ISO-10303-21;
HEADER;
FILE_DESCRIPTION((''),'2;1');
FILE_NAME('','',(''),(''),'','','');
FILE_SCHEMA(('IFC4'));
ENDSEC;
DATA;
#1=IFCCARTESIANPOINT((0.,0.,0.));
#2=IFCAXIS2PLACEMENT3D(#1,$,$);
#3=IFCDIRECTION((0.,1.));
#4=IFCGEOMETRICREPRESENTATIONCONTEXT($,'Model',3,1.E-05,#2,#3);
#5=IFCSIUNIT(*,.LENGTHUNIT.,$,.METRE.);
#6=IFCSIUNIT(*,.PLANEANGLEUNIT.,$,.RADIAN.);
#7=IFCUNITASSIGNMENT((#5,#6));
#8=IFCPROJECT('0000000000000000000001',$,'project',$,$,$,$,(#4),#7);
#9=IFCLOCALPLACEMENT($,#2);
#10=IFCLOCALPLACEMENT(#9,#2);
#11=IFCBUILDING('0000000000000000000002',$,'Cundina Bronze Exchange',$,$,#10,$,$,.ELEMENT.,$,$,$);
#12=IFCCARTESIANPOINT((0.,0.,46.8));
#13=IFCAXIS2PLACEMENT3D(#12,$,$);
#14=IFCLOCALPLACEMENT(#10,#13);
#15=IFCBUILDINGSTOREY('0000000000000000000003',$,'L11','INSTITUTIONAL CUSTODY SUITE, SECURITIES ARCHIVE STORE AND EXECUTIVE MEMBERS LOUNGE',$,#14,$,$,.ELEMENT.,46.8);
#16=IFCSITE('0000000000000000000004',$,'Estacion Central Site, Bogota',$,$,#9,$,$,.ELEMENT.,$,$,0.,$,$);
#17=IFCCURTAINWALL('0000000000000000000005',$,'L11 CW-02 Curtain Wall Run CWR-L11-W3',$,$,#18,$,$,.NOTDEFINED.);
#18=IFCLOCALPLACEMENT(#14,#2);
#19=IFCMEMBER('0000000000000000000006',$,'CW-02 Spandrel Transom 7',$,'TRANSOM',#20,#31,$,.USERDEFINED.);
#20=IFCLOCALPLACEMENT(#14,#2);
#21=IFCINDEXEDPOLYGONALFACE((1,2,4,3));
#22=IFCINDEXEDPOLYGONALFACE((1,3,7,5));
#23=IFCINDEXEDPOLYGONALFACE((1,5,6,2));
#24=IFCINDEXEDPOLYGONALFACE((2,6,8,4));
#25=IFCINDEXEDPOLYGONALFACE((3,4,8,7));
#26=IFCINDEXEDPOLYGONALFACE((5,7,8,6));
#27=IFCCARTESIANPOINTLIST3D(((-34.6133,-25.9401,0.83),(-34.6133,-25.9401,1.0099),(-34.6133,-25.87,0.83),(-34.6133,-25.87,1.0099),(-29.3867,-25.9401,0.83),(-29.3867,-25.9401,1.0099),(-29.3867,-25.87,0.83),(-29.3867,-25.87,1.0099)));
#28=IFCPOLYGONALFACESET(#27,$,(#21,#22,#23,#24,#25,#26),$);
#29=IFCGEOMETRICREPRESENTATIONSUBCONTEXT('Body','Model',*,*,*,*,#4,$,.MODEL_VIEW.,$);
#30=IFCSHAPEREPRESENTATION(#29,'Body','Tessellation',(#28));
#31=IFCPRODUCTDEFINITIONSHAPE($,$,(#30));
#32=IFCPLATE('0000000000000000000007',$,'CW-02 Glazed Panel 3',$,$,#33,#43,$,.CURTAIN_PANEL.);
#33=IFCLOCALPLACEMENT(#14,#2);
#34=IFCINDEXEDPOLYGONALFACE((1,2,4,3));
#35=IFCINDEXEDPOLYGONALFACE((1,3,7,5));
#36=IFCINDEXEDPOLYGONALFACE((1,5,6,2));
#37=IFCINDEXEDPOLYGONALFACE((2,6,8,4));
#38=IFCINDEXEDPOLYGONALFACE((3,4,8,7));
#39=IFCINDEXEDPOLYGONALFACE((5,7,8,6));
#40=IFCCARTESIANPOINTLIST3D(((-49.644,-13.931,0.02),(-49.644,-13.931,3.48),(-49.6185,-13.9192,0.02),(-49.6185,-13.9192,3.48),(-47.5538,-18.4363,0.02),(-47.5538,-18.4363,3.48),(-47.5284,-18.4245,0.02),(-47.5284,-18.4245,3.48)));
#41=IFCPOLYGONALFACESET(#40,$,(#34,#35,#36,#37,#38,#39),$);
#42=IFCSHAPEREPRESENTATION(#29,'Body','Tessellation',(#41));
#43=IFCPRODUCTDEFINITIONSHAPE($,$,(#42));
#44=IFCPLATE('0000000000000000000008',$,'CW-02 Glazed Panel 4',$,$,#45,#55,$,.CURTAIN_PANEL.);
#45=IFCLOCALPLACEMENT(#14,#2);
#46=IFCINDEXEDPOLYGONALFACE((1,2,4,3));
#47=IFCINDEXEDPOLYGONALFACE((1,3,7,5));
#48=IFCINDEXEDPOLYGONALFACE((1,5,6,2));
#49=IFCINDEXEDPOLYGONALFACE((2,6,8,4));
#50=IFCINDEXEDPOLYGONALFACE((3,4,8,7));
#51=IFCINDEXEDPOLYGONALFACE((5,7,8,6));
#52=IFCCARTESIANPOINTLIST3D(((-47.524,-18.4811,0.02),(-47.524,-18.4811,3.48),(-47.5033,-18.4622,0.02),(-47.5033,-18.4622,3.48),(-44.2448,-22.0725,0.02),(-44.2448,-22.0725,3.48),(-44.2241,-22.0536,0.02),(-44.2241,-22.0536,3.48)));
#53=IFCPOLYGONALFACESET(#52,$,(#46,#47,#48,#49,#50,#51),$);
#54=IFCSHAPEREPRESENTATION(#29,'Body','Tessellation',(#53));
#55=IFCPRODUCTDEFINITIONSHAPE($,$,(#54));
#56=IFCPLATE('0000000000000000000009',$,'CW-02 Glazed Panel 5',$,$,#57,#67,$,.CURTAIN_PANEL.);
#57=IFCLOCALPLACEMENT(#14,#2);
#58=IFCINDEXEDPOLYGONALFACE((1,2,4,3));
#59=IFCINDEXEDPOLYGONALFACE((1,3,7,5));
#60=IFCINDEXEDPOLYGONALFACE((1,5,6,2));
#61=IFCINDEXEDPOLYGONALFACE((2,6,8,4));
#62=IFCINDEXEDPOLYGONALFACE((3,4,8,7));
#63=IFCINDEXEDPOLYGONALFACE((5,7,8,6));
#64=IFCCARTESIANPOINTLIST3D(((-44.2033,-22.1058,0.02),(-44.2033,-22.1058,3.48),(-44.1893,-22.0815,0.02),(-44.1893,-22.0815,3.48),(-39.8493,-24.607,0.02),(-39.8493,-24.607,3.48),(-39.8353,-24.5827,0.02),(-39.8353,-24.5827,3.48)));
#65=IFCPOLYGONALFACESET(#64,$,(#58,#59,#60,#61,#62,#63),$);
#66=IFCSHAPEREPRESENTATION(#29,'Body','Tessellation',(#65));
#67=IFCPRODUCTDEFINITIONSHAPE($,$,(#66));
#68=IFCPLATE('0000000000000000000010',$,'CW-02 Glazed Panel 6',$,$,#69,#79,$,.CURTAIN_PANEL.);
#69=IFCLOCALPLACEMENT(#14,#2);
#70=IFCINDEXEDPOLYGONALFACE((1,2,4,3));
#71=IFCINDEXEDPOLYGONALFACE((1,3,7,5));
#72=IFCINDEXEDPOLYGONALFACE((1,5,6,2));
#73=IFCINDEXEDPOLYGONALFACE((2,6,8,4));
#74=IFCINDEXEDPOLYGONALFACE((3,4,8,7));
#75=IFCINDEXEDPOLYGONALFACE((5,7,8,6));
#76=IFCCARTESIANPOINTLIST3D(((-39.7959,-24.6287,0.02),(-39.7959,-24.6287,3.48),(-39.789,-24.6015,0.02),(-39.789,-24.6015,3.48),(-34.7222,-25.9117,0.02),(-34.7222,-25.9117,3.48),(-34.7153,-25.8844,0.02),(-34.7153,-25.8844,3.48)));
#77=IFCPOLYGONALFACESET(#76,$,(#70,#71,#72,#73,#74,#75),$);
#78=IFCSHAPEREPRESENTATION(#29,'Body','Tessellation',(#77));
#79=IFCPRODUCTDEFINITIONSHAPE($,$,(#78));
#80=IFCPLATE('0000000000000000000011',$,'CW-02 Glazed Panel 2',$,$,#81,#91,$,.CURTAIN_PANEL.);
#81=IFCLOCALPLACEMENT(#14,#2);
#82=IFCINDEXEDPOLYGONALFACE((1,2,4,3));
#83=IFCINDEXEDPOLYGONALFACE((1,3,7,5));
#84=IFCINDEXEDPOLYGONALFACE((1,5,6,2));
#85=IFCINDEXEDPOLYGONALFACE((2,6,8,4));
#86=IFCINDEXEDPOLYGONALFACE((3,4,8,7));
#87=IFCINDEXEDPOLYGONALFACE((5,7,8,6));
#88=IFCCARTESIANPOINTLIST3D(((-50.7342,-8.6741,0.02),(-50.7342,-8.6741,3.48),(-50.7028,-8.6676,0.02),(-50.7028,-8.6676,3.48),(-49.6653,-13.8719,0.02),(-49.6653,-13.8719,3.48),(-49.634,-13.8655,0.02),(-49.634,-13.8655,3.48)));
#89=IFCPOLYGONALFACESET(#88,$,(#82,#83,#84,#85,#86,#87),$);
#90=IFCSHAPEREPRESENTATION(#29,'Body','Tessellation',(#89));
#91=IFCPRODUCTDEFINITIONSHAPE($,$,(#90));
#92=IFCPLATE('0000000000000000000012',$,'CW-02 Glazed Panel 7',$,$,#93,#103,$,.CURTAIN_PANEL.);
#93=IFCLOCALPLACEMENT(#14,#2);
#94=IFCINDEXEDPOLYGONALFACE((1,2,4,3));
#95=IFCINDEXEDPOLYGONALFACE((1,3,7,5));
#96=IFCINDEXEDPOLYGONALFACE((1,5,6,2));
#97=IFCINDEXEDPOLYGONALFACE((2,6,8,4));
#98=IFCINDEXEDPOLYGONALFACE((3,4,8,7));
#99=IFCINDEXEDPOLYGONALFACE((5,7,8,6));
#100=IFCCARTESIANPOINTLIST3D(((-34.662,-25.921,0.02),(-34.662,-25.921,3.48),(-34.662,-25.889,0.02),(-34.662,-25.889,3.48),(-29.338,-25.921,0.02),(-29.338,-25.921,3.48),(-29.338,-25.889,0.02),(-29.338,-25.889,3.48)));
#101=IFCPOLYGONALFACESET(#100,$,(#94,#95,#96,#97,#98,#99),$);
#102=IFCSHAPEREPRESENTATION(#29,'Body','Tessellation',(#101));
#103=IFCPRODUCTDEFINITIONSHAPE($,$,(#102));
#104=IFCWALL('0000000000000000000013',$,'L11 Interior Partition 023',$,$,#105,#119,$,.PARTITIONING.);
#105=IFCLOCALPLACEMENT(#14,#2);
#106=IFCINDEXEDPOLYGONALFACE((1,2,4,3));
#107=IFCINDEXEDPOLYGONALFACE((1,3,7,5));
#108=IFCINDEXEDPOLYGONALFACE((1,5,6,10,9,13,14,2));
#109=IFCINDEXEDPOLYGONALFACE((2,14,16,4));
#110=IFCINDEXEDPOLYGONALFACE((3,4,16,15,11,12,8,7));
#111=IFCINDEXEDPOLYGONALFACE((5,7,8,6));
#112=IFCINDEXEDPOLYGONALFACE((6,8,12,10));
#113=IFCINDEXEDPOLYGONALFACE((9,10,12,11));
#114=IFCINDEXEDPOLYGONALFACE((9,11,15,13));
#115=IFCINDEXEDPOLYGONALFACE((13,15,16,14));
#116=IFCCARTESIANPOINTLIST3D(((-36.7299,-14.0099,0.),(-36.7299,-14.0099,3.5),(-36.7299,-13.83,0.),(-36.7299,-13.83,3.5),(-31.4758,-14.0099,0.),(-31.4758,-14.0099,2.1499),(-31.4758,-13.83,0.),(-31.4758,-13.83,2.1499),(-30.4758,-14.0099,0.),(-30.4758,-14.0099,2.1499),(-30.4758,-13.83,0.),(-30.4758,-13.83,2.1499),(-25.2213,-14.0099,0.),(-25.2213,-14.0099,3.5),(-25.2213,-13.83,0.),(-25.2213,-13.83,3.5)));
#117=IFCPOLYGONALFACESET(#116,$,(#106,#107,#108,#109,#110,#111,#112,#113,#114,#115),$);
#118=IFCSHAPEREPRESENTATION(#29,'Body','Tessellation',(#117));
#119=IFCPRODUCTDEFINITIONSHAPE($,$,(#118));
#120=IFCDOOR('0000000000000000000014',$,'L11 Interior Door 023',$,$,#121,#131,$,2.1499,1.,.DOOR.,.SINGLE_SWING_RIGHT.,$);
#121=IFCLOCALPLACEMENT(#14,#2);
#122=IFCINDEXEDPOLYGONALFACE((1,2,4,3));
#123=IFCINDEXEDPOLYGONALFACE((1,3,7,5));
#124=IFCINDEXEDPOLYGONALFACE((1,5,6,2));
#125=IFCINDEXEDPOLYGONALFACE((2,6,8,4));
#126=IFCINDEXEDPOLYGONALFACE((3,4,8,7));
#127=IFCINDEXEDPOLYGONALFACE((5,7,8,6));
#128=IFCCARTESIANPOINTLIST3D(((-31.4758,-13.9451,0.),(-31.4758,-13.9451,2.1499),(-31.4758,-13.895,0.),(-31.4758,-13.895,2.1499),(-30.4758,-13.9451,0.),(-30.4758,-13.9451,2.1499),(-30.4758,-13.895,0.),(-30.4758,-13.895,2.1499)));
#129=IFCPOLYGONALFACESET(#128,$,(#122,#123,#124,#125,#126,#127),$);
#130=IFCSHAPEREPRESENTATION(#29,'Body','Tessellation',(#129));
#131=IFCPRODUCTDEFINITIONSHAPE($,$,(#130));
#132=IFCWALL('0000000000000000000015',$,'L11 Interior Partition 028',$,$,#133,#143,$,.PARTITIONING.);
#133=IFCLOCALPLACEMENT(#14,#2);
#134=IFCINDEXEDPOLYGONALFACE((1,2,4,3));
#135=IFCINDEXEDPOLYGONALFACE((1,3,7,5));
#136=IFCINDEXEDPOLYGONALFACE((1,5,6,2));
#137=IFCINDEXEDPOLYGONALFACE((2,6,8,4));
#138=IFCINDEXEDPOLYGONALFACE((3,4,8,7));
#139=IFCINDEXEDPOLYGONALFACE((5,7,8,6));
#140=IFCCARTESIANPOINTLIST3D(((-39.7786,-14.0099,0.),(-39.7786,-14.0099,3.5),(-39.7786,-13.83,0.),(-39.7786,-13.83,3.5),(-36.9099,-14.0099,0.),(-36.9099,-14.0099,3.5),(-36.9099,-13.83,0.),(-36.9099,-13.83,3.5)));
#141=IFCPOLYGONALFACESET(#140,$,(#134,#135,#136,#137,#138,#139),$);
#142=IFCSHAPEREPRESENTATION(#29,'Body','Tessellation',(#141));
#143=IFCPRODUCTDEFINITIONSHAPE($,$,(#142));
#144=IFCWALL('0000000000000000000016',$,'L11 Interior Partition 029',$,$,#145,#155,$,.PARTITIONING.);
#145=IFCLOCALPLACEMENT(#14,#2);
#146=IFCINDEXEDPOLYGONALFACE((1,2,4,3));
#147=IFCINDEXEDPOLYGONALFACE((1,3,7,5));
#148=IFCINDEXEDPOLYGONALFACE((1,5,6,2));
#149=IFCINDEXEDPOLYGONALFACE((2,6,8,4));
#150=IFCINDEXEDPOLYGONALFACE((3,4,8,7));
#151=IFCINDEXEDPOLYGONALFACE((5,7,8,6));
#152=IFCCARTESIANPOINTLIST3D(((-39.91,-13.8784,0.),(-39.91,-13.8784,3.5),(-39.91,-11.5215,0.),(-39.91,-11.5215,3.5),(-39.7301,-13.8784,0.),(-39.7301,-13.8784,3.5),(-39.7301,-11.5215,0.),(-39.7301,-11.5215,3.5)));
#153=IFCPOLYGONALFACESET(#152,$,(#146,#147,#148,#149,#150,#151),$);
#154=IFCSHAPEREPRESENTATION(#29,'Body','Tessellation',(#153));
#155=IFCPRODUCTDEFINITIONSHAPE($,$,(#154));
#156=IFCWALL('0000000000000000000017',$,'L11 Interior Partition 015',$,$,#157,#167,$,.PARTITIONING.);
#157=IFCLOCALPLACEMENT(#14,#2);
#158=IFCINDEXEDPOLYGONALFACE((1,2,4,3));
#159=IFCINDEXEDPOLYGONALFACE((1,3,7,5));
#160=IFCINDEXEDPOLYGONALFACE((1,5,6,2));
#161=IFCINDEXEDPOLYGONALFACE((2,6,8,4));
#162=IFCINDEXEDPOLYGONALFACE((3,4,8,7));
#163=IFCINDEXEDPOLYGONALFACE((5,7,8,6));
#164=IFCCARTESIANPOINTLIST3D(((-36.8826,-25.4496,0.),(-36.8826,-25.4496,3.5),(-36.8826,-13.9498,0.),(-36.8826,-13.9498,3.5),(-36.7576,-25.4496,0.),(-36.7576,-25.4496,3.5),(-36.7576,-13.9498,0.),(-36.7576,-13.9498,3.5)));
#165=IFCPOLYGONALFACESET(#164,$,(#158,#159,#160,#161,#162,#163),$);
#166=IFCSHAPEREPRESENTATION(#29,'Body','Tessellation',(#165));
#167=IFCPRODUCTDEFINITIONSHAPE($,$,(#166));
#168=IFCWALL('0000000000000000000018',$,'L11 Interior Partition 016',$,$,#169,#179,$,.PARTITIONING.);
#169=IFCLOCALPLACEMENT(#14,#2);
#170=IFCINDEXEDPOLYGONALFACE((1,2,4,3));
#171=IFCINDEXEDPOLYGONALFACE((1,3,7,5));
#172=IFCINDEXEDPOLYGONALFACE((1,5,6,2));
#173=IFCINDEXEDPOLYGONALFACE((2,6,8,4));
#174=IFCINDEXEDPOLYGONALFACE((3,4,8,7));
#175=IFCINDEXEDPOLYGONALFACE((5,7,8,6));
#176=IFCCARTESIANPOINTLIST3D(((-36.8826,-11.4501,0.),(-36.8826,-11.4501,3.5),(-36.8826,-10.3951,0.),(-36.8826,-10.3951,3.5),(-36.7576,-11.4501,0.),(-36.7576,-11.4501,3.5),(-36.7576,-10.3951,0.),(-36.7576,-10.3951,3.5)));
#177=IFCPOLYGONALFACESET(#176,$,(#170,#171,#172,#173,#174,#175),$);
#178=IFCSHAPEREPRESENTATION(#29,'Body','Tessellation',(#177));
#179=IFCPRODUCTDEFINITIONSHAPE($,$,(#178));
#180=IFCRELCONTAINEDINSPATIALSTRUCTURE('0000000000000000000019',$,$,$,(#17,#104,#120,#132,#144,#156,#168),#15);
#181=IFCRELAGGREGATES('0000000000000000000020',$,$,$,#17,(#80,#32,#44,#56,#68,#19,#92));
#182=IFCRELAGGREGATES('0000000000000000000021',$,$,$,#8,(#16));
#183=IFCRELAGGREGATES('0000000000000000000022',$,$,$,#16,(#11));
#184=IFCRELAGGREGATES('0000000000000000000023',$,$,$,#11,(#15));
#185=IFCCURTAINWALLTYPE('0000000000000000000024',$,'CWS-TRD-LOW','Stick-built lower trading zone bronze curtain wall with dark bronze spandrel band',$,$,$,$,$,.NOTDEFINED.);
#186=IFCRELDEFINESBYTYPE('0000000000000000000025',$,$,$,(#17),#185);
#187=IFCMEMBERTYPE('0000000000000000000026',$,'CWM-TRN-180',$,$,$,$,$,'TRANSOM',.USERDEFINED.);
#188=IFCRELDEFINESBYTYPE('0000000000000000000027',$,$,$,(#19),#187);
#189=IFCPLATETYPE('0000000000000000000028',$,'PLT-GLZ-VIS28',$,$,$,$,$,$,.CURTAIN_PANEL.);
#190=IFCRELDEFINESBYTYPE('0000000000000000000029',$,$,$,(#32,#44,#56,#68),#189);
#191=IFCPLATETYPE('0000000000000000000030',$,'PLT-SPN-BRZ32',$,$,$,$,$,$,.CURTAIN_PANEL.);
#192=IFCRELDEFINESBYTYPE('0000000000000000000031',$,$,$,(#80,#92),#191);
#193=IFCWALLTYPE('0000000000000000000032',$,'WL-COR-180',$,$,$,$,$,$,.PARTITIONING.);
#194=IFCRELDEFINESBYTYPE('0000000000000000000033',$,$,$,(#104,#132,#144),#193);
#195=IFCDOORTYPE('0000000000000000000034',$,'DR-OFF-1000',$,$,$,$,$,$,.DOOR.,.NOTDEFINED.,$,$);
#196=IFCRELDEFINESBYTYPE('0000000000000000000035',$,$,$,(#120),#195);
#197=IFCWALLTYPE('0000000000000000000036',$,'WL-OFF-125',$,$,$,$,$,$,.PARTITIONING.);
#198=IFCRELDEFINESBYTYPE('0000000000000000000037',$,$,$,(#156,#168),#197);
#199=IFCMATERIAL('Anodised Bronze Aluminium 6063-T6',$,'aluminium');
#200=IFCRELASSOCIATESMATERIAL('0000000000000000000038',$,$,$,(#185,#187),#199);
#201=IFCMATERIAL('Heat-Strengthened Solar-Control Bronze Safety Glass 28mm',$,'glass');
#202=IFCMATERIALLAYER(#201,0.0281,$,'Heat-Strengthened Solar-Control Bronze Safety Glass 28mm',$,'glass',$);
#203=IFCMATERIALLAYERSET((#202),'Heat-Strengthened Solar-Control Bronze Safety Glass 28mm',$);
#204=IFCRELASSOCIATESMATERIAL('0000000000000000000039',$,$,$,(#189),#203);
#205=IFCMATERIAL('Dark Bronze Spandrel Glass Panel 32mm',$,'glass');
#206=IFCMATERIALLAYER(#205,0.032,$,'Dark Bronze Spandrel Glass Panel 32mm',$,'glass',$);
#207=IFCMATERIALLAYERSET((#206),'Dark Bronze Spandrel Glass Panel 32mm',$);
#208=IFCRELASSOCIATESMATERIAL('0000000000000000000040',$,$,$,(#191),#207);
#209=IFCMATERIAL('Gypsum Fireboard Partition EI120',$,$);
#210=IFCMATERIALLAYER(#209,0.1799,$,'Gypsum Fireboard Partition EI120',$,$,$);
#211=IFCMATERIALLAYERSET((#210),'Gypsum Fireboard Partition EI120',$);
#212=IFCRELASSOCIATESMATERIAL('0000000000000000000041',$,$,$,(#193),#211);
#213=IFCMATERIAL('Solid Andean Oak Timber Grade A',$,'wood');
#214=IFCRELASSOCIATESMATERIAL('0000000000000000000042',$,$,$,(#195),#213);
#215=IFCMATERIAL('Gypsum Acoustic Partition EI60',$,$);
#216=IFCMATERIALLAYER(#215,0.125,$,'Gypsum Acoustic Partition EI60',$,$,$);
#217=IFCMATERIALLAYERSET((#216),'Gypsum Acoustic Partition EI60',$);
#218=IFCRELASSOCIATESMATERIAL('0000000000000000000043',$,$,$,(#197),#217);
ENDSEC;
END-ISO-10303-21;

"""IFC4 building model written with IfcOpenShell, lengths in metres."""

from ifc_helpers import new_model, si_unit, direction, frame, frame_2d, origin, origin_2d, place, context, subcontext, project, spatial, rectangle, extrude, material, layer, layer_set, material_profile, profile_set, type_object, element, fill, aggregate, save


model = new_model("IFC4")

# Units and contexts
model_context = context("Model", 3, precision=1e-05, world=origin(), true_north=direction((0.0, 1.0)))
body_context = subcontext(model_context, "Body", "Model", "MODEL_VIEW")
ifc_project = project(units=[si_unit("LENGTHUNIT", "METRE"), si_unit("PLANEANGLEUNIT", "RADIAN")], contexts=[model_context])

# Site, building, storey
site_placement = place(None, origin())
site = spatial("IfcSite", under=ifc_project, at=site_placement, Name="Estacion Central Site, Bogota", CompositionType="ELEMENT", RefElevation=0.0)
building_placement = place(site_placement, origin())
building = spatial("IfcBuilding", under=site, at=building_placement, Name="Cundina Bronze Exchange", CompositionType="ELEMENT")
storey_placement = place(building_placement, frame((0.0, 0.0, 46.8)))
storey = spatial("IfcBuildingStorey", under=building, at=storey_placement, Name="L11", Description="INSTITUTIONAL CUSTODY SUITE, SECURITIES ARCHIVE STORE AND EXECUTIVE MEMBERS LOUNGE", CompositionType="ELEMENT", Elevation=46.8)

# Curtain wall, member, plates
ifc_material_1 = material(Name="Anodised Bronze Aluminium 6063-T6", Category="aluminium")
curtain_wall_type = type_object("IfcCurtainWallType", Name="CWS-TRD-LOW", Description="Stick-built lower trading zone bronze curtain wall with dark bronze spandrel band", PredefinedType="NOTDEFINED", material=ifc_material_1)
curtain_wall_placement = place(storey_placement, origin())
curtain_wall = element("IfcCurtainWall", 1, at=curtain_wall_placement, inside=storey, type_object=curtain_wall_type, Name="L11 CW-02 Curtain Wall Run CWR-L11-W3", PredefinedType="NOTDEFINED")
ifc_material_profile_1 = material_profile(ifc_material_1, rectangle(XDim=0.0701, YDim=0.1799, at=origin_2d()), Name="AL70X180", Category="aluminium")
ifc_profile_set_1 = profile_set([ifc_material_profile_1], Name="Anodised Bronze Aluminium 6063-T6")
member_type_1 = type_object("IfcMemberType", Name="CWM-TRN-180", ElementType="TRANSOM", PredefinedType="USERDEFINED", material=ifc_profile_set_1)
member_1_placement = place(storey_placement, frame((-34.6133, -25.905, 0.9199), z_axis=(1.0, 0.0, 0.0), x_axis=(0.0, 1.0, 0.0)))
member_1 = element("IfcMember", 2, at=member_1_placement, type_object=member_type_1, Name="CW-02 Spandrel Transom 7", ObjectType="TRANSOM", PredefinedType="USERDEFINED", context=body_context, shape_type="SweptSolid", body=[
    extrude(rectangle(XDim=0.0701, YDim=0.1799, at=origin_2d()), origin(), (0.0, 0.0, 1.0), 5.2266),
])
ifc_material_2 = material(Name="Heat-Strengthened Solar-Control Bronze Safety Glass 28mm", Category="glass")
ifc_layer_1 = layer(ifc_material_2, 0.0281, Name="Heat-Strengthened Solar-Control Bronze Safety Glass 28mm", Category="glass")
ifc_layer_set_1 = layer_set([ifc_layer_1], Name="Heat-Strengthened Solar-Control Bronze Safety Glass 28mm")
plate_type_1 = type_object("IfcPlateType", Name="PLT-GLZ-VIS28", PredefinedType="CURTAIN_PANEL", material=ifc_layer_set_1)
plate_1_placement = place(storey_placement, frame((-48.5862, -16.1777, 0.02), z_axis=(0.0, 0.0, 1.0), x_axis=(0.420846, -0.907132, 0.0)))
plate_1 = element("IfcPlate", 3, at=plate_1_placement, type_object=plate_type_1, Name="CW-02 Glazed Panel 3", PredefinedType="CURTAIN_PANEL", context=body_context, shape_type="SweptSolid", body=[
    extrude(rectangle(XDim=4.9666, YDim=0.0281, at=origin_2d()), origin(), (0.0, 0.0, 1.0), 3.46),
])
plate_2_placement = place(storey_placement, frame((-45.874, -20.2673, 0.02), z_axis=(0.0, 0.0, 1.0), x_axis=(0.674277, -0.738479, 0.0)))
plate_2 = element("IfcPlate", 4, at=plate_2_placement, type_object=plate_type_1, Name="CW-02 Glazed Panel 4", PredefinedType="CURTAIN_PANEL", context=body_context, shape_type="SweptSolid", body=[
    extrude(rectangle(XDim=4.8633, YDim=0.0281, at=origin_2d()), origin(), (0.0, 0.0, 1.0), 3.46),
])
plate_3_placement = place(storey_placement, frame((-42.0193, -23.3442, 0.02), z_axis=(0.0, 0.0, 1.0), x_axis=(0.867105, -0.498125, 0.0)))
plate_3 = element("IfcPlate", 5, at=plate_3_placement, type_object=plate_type_1, Name="CW-02 Glazed Panel 5", PredefinedType="CURTAIN_PANEL", context=body_context, shape_type="SweptSolid", body=[
    extrude(rectangle(XDim=5.0212, YDim=0.0281, at=origin_2d()), origin(), (0.0, 0.0, 1.0), 3.46),
])
plate_4_placement = place(storey_placement, frame((-37.2556, -25.2566, 0.02), z_axis=(0.0, 0.0, 1.0), x_axis=(0.969488, -0.245138, 0.0)))
plate_4 = element("IfcPlate", 6, at=plate_4_placement, type_object=plate_type_1, Name="CW-02 Glazed Panel 6", PredefinedType="CURTAIN_PANEL", context=body_context, shape_type="SweptSolid", body=[
    extrude(rectangle(XDim=5.2334, YDim=0.0281, at=origin_2d()), origin(), (0.0, 0.0, 1.0), 3.46),
])
ifc_material_3 = material(Name="Dark Bronze Spandrel Glass Panel 32mm", Category="glass")
ifc_layer_2 = layer(ifc_material_3, 0.032, Name="Dark Bronze Spandrel Glass Panel 32mm", Category="glass")
ifc_layer_set_2 = layer_set([ifc_layer_2], Name="Dark Bronze Spandrel Glass Panel 32mm")
plate_type_2 = type_object("IfcPlateType", Name="PLT-SPN-BRZ32", PredefinedType="CURTAIN_PANEL", material=ifc_layer_set_2)
plate_5_placement = place(storey_placement, frame((-50.1841, -11.2698, 0.02), z_axis=(0.0, 0.0, 1.0), x_axis=(0.20142, -0.979505, 0.0)))
plate_5 = element("IfcPlate", 7, at=plate_5_placement, type_object=plate_type_2, Name="CW-02 Glazed Panel 2", PredefinedType="CURTAIN_PANEL", context=body_context, shape_type="SweptSolid", body=[
    extrude(rectangle(XDim=5.3066, YDim=0.032, at=origin_2d()), origin(), (0.0, 0.0, 1.0), 3.46),
])
plate_6_placement = place(storey_placement, frame((-32.0, -25.905, 0.02), z_axis=(0.0, 0.0, 1.0), x_axis=(1.0, 0.0, 0.0)))
plate_6 = element("IfcPlate", 8, at=plate_6_placement, type_object=plate_type_2, Name="CW-02 Glazed Panel 7", PredefinedType="CURTAIN_PANEL", context=body_context, shape_type="SweptSolid", body=[
    extrude(rectangle(XDim=5.324, YDim=0.032, at=origin_2d()), origin(), (0.0, 0.0, 1.0), 3.46),
])
aggregate(curtain_wall, [plate_5, plate_1, plate_2, plate_3, plate_4, member_1, plate_6])

# Wall, opening, door
ifc_material_4 = material(Name="Gypsum Fireboard Partition EI120")
ifc_layer_3 = layer(ifc_material_4, 0.1799, Name="Gypsum Fireboard Partition EI120")
ifc_layer_set_3 = layer_set([ifc_layer_3], Name="Gypsum Fireboard Partition EI120")
wall_type_1 = type_object("IfcWallType", Name="WL-COR-180", PredefinedType="PARTITIONING", material=ifc_layer_set_3)
wall_1_placement = place(storey_placement, frame((-36.73, -13.9199, 0.0), z_axis=(0.0, 0.0, 1.0), x_axis=(1.0, 0.0, 0.0)))
wall_1 = element("IfcWall", 9, at=wall_1_placement, inside=storey, type_object=wall_type_1, Name="L11 Interior Partition 023", PredefinedType="PARTITIONING", context=body_context, shape_type="SweptSolid", body=[
    extrude(rectangle(XDim=11.5085, YDim=0.1799, at=frame_2d((5.7544, 0.0))), origin(), (0.0, 0.0, 1.0), 3.5),
])
opening_1_placement = place(wall_1_placement, frame((5.2542, 0.0, 0.0)))
opening_1 = element("IfcOpeningElement", 10, at=opening_1_placement, cuts=wall_1, PredefinedType="OPENING", context=body_context, shape_type="SweptSolid", body=[
    extrude(rectangle(XDim=1.0, YDim=2.1499, at=frame_2d((0.5, 1.075))), frame((0.0, 0.0999, 0.0), z_axis=(0.0, -1.0, 0.0), x_axis=(1.0, 0.0, 0.0)), (0.0, 0.0, 1.0), 0.2),
])
ifc_material_5 = material(Name="Solid Andean Oak Timber Grade A", Category="wood")
door_type = type_object("IfcDoorType", Name="DR-OFF-1000", OperationType="NOTDEFINED", PredefinedType="DOOR", material=ifc_material_5)
door_1_placement = place(opening_1_placement, origin())
door_1 = element("IfcDoor", 11, at=door_1_placement, inside=storey, type_object=door_type, Name="L11 Interior Door 023", OperationType="SINGLE_SWING_RIGHT", OverallHeight=2.1499, OverallWidth=1.0, PredefinedType="DOOR", context=body_context, shape_type="SweptSolid", body=[
    extrude(rectangle(XDim=1.0, YDim=2.1499, at=frame_2d((0.5, 1.075))), frame((0.0, 0.0249, 0.0), z_axis=(0.0, -1.0, 0.0), x_axis=(1.0, 0.0, 0.0)), (0.0, 0.0, 1.0), 0.05),
])
fill(opening_1, door_1)

# Walls
wall_2_placement = place(storey_placement, frame((-39.7786, -13.9199, 0.0), z_axis=(0.0, 0.0, 1.0), x_axis=(1.0, 0.0, 0.0)))
element("IfcWall", 12, at=wall_2_placement, inside=storey, type_object=wall_type_1, Name="L11 Interior Partition 028", PredefinedType="PARTITIONING", context=body_context, shape_type="SweptSolid", body=[
    extrude(rectangle(XDim=2.8687, YDim=0.1799, at=frame_2d((1.4343, 0.0))), origin(), (0.0, 0.0, 1.0), 3.5),
])
wall_3_placement = place(storey_placement, frame((-39.8201, -11.5215, 0.0), z_axis=(0.0, 0.0, 1.0), x_axis=(0.0, -1.0, 0.0)))
element("IfcWall", 13, at=wall_3_placement, inside=storey, type_object=wall_type_1, Name="L11 Interior Partition 029", PredefinedType="PARTITIONING", context=body_context, shape_type="SweptSolid", body=[
    extrude(rectangle(XDim=2.3569, YDim=0.1799, at=frame_2d((1.1785, 0.0))), origin(), (0.0, 0.0, 1.0), 3.5),
])
ifc_material_6 = material(Name="Gypsum Acoustic Partition EI60")
ifc_layer_4 = layer(ifc_material_6, 0.125, Name="Gypsum Acoustic Partition EI60")
ifc_layer_set_4 = layer_set([ifc_layer_4], Name="Gypsum Acoustic Partition EI60")
wall_type_2 = type_object("IfcWallType", Name="WL-OFF-125", PredefinedType="PARTITIONING", material=ifc_layer_set_4)
wall_4_placement = place(storey_placement, frame((-36.8201, -25.4497, 0.0), z_axis=(0.0, 0.0, 1.0), x_axis=(0.0, 1.0, 0.0)))
element("IfcWall", 14, at=wall_4_placement, inside=storey, type_object=wall_type_2, Name="L11 Interior Partition 015", PredefinedType="PARTITIONING", context=body_context, shape_type="SweptSolid", body=[
    extrude(rectangle(XDim=11.4998, YDim=0.125, at=frame_2d((5.75, 0.0))), origin(), (0.0, 0.0, 1.0), 3.5),
])
wall_5_placement = place(storey_placement, frame((-36.8201, -11.45, 0.0), z_axis=(0.0, 0.0, 1.0), x_axis=(0.0, 1.0, 0.0)))
element("IfcWall", 15, at=wall_5_placement, inside=storey, type_object=wall_type_2, Name="L11 Interior Partition 016", PredefinedType="PARTITIONING", context=body_context, shape_type="SweptSolid", body=[
    extrude(rectangle(XDim=1.0549, YDim=0.125, at=frame_2d((0.5273, 0.0))), origin(), (0.0, 0.0, 1.0), 3.5),
])

save(model, "model.ifc")
